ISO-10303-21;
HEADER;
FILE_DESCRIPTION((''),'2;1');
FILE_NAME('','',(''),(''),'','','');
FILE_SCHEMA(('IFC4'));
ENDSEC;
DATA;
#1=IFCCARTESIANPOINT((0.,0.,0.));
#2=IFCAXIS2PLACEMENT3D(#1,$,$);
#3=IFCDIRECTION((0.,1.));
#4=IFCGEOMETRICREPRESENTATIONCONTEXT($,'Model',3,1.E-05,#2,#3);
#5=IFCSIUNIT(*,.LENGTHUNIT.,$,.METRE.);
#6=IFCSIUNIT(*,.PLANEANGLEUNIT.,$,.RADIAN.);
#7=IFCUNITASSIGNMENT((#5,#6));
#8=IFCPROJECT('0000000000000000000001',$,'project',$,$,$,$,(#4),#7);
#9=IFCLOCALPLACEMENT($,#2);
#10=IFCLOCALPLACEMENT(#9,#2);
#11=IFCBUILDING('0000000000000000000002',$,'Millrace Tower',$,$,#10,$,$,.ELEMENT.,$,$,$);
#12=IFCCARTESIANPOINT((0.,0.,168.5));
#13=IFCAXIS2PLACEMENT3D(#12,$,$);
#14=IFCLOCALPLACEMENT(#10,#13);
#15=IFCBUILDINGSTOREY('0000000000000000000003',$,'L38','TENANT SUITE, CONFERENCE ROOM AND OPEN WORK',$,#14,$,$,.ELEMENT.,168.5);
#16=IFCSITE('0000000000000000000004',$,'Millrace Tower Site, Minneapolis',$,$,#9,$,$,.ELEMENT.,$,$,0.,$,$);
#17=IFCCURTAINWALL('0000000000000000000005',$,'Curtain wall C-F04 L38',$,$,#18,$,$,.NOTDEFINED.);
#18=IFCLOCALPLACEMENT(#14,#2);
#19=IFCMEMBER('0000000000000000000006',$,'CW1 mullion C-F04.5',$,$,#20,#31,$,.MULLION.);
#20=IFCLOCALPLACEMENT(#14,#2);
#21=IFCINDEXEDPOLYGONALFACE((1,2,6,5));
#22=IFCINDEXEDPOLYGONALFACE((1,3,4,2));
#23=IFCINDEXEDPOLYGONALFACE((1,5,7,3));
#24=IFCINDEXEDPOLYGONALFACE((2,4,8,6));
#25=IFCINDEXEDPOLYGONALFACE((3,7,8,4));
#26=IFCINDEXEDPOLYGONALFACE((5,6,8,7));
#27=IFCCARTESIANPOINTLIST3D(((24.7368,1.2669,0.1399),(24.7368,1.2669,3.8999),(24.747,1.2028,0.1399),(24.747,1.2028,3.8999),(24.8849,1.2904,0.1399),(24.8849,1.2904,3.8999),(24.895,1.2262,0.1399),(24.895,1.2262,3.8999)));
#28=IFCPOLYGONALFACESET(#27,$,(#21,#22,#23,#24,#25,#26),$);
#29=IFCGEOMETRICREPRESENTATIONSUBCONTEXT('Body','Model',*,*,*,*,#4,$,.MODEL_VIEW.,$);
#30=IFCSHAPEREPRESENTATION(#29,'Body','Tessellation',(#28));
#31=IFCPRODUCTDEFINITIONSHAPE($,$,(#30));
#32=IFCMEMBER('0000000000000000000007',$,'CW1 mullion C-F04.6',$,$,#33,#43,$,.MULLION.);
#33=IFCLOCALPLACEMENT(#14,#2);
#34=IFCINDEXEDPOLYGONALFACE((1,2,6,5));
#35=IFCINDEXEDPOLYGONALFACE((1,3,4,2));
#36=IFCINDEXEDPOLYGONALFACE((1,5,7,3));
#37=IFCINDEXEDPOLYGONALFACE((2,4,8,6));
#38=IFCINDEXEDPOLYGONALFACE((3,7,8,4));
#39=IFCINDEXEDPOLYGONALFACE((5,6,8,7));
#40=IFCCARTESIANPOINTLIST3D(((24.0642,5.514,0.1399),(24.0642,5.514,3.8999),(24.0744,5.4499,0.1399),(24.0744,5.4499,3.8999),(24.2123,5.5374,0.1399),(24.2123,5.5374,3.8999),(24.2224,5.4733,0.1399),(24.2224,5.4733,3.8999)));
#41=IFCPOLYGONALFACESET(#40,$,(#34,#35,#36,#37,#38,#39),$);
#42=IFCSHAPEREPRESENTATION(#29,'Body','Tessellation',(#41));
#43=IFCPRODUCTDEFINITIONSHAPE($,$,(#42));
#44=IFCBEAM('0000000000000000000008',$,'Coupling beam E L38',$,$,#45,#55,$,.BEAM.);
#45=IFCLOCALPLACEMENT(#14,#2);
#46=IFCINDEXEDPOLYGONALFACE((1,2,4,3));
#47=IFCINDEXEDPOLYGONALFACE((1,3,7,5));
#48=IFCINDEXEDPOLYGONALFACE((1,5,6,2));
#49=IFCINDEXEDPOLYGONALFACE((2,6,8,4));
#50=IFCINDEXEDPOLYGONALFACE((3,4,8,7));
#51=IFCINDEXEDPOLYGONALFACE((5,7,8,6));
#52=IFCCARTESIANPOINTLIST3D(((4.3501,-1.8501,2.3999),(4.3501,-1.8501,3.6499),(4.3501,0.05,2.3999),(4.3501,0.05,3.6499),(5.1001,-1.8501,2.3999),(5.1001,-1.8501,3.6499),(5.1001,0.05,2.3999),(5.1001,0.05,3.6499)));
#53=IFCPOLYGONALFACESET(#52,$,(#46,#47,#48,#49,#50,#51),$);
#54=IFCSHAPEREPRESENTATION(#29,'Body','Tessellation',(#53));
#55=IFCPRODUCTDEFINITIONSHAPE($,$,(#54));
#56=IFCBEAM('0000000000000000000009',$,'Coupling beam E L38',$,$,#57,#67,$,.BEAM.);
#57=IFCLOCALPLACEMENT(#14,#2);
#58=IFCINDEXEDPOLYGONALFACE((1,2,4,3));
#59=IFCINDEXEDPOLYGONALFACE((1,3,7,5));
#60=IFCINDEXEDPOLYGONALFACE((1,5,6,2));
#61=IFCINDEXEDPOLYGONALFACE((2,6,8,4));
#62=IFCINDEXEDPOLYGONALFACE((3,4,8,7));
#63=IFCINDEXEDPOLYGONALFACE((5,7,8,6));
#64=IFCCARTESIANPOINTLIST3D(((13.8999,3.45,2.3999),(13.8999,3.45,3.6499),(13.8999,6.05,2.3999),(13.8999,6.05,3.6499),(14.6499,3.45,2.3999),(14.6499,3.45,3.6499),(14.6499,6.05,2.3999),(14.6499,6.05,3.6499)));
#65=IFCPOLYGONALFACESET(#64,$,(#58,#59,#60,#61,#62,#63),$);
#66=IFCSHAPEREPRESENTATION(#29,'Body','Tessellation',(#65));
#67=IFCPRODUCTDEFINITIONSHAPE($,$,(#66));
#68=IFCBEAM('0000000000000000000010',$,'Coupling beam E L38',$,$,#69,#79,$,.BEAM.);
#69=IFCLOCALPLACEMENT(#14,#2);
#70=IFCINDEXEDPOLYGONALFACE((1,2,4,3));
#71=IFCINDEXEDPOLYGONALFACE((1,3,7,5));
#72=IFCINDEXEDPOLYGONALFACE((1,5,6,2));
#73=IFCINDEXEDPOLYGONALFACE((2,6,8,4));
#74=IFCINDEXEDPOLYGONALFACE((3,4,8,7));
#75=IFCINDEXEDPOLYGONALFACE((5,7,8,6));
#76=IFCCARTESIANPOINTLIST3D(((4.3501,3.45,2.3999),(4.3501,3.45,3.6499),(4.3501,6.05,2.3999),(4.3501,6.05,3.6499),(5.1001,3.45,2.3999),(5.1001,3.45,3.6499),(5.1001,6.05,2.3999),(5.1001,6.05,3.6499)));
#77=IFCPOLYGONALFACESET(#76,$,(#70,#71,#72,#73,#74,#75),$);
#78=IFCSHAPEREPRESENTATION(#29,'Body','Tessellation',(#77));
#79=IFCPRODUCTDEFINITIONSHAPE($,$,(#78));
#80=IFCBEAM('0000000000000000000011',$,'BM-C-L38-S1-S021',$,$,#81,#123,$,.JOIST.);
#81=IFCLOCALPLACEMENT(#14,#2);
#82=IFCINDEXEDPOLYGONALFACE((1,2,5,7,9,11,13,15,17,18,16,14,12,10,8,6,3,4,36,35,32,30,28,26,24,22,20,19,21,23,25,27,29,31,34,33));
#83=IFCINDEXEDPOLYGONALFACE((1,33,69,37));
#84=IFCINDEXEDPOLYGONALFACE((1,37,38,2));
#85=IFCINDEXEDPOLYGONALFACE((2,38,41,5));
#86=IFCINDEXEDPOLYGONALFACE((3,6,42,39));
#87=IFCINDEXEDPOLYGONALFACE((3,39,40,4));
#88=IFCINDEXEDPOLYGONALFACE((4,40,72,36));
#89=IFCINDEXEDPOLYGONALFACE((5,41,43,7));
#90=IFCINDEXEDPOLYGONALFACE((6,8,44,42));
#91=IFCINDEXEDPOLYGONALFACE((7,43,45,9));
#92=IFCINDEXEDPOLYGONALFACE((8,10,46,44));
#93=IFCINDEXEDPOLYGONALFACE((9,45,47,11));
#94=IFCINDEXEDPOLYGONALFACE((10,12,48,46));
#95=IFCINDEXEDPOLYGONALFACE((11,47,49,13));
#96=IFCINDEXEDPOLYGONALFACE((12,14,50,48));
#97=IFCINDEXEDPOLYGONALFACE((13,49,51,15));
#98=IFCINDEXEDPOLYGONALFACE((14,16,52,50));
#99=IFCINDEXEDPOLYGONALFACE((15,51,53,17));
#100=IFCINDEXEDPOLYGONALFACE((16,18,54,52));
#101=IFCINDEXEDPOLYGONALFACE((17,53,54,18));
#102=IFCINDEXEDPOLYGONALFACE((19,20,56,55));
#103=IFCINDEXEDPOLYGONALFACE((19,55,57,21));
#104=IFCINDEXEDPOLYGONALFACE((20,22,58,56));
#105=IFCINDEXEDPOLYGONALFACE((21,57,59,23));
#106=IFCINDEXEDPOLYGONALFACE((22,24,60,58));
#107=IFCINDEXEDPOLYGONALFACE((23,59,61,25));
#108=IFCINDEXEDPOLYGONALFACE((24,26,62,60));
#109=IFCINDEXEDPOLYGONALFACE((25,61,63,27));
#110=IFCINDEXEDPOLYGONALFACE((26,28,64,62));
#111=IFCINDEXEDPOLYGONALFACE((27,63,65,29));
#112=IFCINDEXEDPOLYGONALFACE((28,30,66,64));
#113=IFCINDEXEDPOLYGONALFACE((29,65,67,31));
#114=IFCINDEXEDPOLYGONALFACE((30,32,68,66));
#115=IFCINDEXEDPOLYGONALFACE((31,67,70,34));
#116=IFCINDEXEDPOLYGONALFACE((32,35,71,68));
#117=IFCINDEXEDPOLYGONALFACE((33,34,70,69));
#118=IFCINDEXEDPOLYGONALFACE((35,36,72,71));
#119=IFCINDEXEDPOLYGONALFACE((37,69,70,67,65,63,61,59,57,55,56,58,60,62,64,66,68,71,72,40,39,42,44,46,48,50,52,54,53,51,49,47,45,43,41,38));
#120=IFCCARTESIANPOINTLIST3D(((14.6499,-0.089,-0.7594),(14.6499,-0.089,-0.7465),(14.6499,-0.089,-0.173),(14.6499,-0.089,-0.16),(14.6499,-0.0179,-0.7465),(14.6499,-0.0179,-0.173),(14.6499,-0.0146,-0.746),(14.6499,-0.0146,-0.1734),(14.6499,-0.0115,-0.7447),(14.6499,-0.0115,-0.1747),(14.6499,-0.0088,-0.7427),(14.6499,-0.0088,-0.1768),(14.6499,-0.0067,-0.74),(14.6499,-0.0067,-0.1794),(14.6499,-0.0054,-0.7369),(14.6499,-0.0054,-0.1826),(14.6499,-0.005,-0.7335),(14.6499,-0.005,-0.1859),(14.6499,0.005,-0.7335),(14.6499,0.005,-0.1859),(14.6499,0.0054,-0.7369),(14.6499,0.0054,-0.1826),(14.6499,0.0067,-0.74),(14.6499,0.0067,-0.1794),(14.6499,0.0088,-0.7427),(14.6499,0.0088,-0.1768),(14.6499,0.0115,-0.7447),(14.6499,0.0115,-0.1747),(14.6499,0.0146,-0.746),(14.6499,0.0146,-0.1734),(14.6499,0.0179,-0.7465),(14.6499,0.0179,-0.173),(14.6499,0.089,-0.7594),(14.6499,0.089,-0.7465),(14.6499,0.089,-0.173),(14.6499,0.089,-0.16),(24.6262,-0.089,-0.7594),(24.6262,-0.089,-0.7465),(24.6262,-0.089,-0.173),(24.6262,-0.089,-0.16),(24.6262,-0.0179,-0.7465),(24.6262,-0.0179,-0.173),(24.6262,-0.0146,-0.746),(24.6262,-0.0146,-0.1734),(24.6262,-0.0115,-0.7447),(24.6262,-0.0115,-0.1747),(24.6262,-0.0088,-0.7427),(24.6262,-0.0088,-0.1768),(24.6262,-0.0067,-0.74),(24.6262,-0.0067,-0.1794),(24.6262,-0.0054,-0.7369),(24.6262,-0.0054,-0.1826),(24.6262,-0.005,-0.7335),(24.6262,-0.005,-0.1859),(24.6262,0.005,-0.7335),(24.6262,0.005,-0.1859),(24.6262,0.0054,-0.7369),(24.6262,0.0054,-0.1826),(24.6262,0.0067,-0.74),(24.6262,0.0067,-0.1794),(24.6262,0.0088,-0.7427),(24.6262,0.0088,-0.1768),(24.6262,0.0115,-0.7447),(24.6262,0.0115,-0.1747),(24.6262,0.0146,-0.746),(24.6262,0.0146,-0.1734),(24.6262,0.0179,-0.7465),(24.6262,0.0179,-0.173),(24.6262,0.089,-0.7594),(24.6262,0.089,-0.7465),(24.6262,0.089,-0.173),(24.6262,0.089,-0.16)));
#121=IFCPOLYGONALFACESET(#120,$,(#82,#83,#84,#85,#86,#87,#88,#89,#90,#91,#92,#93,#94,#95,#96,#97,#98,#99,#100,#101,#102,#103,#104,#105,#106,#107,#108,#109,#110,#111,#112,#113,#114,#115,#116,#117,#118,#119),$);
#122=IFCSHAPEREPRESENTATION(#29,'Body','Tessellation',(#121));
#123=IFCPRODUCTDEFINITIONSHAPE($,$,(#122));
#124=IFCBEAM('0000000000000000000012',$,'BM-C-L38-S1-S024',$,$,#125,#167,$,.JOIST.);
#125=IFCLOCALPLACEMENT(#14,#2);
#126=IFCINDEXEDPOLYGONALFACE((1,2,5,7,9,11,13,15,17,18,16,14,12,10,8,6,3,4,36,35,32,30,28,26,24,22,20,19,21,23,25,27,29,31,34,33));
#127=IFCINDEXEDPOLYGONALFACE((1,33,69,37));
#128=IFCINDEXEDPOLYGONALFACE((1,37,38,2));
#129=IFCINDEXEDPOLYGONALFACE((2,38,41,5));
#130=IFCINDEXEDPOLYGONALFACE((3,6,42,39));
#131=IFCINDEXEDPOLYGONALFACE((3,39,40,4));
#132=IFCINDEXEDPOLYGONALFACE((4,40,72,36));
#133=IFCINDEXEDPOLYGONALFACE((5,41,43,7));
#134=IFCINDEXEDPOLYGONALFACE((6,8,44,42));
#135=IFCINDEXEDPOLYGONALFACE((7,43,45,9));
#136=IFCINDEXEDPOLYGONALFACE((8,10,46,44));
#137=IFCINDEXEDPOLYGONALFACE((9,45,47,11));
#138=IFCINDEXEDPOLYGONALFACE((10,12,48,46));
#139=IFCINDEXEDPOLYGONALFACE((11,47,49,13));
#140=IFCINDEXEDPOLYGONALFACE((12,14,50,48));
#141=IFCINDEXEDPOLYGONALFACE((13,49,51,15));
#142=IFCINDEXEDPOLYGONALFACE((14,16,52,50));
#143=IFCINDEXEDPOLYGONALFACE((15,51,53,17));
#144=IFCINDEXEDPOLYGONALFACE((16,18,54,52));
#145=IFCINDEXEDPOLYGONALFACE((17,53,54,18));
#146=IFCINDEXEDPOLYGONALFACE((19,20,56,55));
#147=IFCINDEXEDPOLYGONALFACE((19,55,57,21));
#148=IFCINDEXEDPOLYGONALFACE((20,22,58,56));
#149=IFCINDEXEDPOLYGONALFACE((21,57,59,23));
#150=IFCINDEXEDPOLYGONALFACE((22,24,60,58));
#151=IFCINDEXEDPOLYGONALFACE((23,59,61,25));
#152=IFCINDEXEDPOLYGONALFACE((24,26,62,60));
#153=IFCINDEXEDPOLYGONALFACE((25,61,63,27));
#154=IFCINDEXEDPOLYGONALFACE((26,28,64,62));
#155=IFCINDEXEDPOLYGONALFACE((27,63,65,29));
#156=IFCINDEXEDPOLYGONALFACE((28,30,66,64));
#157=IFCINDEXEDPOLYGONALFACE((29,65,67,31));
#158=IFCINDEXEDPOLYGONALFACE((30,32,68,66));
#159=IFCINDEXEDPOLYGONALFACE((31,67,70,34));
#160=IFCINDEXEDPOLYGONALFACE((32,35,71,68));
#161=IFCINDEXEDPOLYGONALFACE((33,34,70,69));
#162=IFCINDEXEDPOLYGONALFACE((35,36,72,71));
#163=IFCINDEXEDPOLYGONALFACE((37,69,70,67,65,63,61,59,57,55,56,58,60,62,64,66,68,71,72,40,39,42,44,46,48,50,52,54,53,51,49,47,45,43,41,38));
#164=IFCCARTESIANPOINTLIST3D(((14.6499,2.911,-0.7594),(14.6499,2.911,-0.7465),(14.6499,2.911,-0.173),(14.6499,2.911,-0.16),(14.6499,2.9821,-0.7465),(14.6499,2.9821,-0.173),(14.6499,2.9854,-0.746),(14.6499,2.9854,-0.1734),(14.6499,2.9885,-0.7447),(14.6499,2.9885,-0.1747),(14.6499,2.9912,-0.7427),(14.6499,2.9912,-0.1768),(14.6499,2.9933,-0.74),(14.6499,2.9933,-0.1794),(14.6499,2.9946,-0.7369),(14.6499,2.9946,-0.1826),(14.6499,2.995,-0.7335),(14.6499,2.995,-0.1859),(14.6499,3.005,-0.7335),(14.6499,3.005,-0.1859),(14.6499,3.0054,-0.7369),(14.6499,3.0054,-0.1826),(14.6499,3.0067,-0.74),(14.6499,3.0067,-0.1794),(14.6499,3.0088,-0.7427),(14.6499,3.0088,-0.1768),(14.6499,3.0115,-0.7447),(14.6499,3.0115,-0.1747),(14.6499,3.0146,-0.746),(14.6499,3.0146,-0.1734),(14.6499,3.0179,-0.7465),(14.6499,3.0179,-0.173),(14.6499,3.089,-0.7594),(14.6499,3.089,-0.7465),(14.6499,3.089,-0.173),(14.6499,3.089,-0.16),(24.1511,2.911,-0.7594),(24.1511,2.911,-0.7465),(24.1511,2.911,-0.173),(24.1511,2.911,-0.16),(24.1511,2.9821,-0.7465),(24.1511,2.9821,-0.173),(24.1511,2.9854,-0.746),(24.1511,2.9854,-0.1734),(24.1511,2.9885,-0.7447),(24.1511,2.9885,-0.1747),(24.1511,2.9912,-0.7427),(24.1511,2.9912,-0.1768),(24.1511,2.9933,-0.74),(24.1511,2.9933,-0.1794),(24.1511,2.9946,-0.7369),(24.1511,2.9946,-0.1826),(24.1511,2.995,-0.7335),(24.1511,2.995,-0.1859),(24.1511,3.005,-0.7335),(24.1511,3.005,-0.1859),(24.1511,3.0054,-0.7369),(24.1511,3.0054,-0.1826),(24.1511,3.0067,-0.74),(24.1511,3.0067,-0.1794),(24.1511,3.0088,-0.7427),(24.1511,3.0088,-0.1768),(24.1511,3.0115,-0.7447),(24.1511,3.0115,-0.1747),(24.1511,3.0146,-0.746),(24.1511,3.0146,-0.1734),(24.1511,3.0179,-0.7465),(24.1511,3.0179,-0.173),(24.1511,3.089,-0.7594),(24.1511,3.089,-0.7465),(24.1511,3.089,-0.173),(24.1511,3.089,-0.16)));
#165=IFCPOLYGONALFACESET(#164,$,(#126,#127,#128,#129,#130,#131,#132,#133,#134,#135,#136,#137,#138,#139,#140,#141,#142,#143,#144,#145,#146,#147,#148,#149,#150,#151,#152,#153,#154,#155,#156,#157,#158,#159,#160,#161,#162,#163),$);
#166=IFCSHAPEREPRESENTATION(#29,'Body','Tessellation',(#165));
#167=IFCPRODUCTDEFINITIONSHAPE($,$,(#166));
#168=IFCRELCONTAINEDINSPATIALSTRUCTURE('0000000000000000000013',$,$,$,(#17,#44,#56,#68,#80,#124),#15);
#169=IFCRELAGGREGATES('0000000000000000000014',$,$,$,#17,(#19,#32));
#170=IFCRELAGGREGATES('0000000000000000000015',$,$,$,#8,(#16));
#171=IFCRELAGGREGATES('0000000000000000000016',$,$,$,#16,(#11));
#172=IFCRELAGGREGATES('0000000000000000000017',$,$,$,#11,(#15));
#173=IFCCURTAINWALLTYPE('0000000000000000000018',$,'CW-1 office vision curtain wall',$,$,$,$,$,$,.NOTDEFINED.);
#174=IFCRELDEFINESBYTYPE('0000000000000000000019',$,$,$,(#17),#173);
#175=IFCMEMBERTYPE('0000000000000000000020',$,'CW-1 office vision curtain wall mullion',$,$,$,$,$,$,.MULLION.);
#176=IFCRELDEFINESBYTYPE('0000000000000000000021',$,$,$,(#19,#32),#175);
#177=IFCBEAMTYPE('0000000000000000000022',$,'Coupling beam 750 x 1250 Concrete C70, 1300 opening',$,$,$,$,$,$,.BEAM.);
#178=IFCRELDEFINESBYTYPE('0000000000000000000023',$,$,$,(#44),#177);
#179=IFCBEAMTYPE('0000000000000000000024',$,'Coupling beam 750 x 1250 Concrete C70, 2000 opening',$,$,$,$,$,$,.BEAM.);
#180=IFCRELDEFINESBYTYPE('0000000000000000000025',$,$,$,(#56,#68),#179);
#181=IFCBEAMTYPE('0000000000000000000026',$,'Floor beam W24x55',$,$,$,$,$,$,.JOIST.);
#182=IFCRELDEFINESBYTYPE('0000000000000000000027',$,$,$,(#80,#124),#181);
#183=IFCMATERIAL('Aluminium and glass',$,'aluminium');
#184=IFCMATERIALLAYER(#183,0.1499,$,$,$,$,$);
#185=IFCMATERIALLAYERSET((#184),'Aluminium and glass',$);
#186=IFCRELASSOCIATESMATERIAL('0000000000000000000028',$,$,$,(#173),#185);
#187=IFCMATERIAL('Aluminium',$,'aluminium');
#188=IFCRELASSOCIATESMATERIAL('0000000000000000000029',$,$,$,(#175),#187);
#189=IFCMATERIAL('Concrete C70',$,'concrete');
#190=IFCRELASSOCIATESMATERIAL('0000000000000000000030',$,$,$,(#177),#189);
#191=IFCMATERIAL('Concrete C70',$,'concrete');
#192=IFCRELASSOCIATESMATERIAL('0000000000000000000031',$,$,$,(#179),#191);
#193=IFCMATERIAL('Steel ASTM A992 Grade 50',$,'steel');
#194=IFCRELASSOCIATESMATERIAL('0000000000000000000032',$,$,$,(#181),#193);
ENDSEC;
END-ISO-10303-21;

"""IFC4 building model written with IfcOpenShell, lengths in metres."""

from ifc_helpers import new_model, si_unit, direction, frame, origin, origin_2d, place, context, subcontext, project, spatial, rectangle, i_section, extrude, material, layer, layer_set, material_profile, profile_set, type_object, element, aggregate, save


model = new_model("IFC4")

# Units and contexts
model_context = context("Model", 3, precision=1e-05, world=origin(), true_north=direction((0.0, 1.0)))
body_context = subcontext(model_context, "Body", "Model", "MODEL_VIEW")
ifc_project = project(units=[si_unit("LENGTHUNIT", "METRE"), si_unit("PLANEANGLEUNIT", "RADIAN")], contexts=[model_context])

# Site, building, storey
site_placement = place(None, origin())
site = spatial("IfcSite", under=ifc_project, at=site_placement, Name="Millrace Tower Site, Minneapolis", CompositionType="ELEMENT", RefElevation=0.0)
building_placement = place(site_placement, origin())
building = spatial("IfcBuilding", under=site, at=building_placement, Name="Millrace Tower", CompositionType="ELEMENT")
storey_placement = place(building_placement, frame((0.0, 0.0, 168.5)))
storey = spatial("IfcBuildingStorey", under=building, at=storey_placement, Name="L38", Description="TENANT SUITE, CONFERENCE ROOM AND OPEN WORK", CompositionType="ELEMENT", Elevation=168.5)

# Curtain wall, members
ifc_material_1 = material(Name="Aluminium and glass", Category="aluminium")
ifc_layer_1 = layer(ifc_material_1, 0.1499)
ifc_layer_set_1 = layer_set([ifc_layer_1], Name="Aluminium and glass")
curtain_wall_type = type_object("IfcCurtainWallType", Name="CW-1 office vision curtain wall", PredefinedType="NOTDEFINED", material=ifc_layer_set_1)
curtain_wall_placement = place(storey_placement, origin())
curtain_wall = element("IfcCurtainWall", 1, at=curtain_wall_placement, inside=storey, type_object=curtain_wall_type, Name="Curtain wall C-F04 L38", PredefinedType="NOTDEFINED")
ifc_material_2 = material(Name="Aluminium", Category="aluminium")
ifc_material_profile_1 = material_profile(ifc_material_2, rectangle(XDim=0.0649, YDim=0.1499, at=origin_2d()))
ifc_profile_set_1 = profile_set([ifc_material_profile_1], Name="Aluminium")
member_type = type_object("IfcMemberType", Name="CW-1 office vision curtain wall mullion", PredefinedType="MULLION", material=ifc_profile_set_1)
member_1_placement = place(storey_placement, frame((24.8159, 1.2466, 0.1399), z_axis=(0.0, 0.0, 1.0), x_axis=(-0.156434, 0.987688, 0.0)))
member_1 = element("IfcMember", 2, at=member_1_placement, type_object=member_type, Name="CW1 mullion C-F04.5", PredefinedType="MULLION", context=body_context, shape_type="SweptSolid", body=[
    extrude(rectangle(XDim=0.0649, YDim=0.1499, at=origin_2d()), origin(), (0.0, 0.0, 1.0), 3.76),
])
member_2_placement = place(storey_placement, frame((24.1433, 5.4937, 0.1399), z_axis=(0.0, 0.0, 1.0), x_axis=(-0.156434, 0.987688, 0.0)))
member_2 = element("IfcMember", 3, at=member_2_placement, type_object=member_type, Name="CW1 mullion C-F04.6", PredefinedType="MULLION", context=body_context, shape_type="SweptSolid", body=[
    extrude(rectangle(XDim=0.0649, YDim=0.1499, at=origin_2d()), origin(), (0.0, 0.0, 1.0), 3.76),
])
aggregate(curtain_wall, [member_1, member_2])

# Beams
ifc_material_3 = material(Name="Concrete C70", Category="concrete")
ifc_material_profile_2 = material_profile(ifc_material_3, rectangle(XDim=0.75, YDim=1.25, at=origin_2d()))
ifc_profile_set_2 = profile_set([ifc_material_profile_2], Name="Concrete C70")
beam_type_1 = type_object("IfcBeamType", Name="Coupling beam 750 x 1250 Concrete C70, 1300 opening", PredefinedType="BEAM", material=ifc_profile_set_2)
beam_1_placement = place(storey_placement, frame((4.7251, 0.05, 3.0249), z_axis=(0.0, -1.0, 0.0), x_axis=(1.0, 0.0, 0.0)))
element("IfcBeam", 4, at=beam_1_placement, inside=storey, type_object=beam_type_1, Name="Coupling beam E L38", PredefinedType="BEAM", context=body_context, shape_type="SweptSolid", body=[
    extrude(rectangle(XDim=0.75, YDim=1.25, at=origin_2d()), origin(), (0.0, 0.0, 1.0), 1.9001),
])
ifc_material_4 = material(Name="Concrete C70", Category="concrete")
ifc_material_profile_3 = material_profile(ifc_material_4, rectangle(XDim=0.75, YDim=1.25, at=origin_2d()))
ifc_profile_set_3 = profile_set([ifc_material_profile_3], Name="Concrete C70")
beam_type_2 = type_object("IfcBeamType", Name="Coupling beam 750 x 1250 Concrete C70, 2000 opening", PredefinedType="BEAM", material=ifc_profile_set_3)
for number, where, z_axis, x_axis, name in (
    (5, (14.2749, 6.05, 3.0249), (0.0, -1.0, 0.0), (1.0, 0.0, 0.0), "Coupling beam E L38"),
    (6, (4.7251, 6.05, 3.0249), (0.0, -1.0, 0.0), (1.0, 0.0, 0.0), "Coupling beam E L38"),
):
    element("IfcBeam", number, at=place(storey_placement, frame(where, z_axis=z_axis, x_axis=x_axis)), inside=storey, type_object=beam_type_2, Name=name, PredefinedType="BEAM", context=body_context, shape_type="SweptSolid", body=[
        extrude(rectangle(XDim=0.75, YDim=1.25, at=origin_2d()), origin(), (0.0, 0.0, 1.0), 2.6001),
    ])
ifc_material_5 = material(Name="Steel ASTM A992 Grade 50", Category="steel")
ifc_material_profile_4 = material_profile(ifc_material_5, i_section(OverallWidth=0.178, OverallDepth=0.5994, WebThickness=0.01, FlangeThickness=0.0129, FilletRadius=0.0129, at=origin_2d()))
ifc_profile_set_4 = profile_set([ifc_material_profile_4], Name="Steel ASTM A992 Grade 50")
beam_type_3 = type_object("IfcBeamType", Name="Floor beam W24x55", PredefinedType="JOIST", material=ifc_profile_set_4)
beam_2_placement = place(storey_placement, frame((14.6499, 0.0, -0.4597), z_axis=(1.0, 0.0, 0.0), x_axis=(0.0, 1.0, 0.0)))
element("IfcBeam", 7, at=beam_2_placement, inside=storey, type_object=beam_type_3, Name="BM-C-L38-S1-S021", PredefinedType="JOIST", context=body_context, shape_type="SweptSolid", body=[
    extrude(i_section(OverallWidth=0.178, OverallDepth=0.5994, WebThickness=0.01, FlangeThickness=0.0129, FilletRadius=0.0129, at=origin_2d()), origin(), (0.0, 0.0, 1.0), 9.9763),
])
beam_3_placement = place(storey_placement, frame((14.6499, 3.0, -0.4597), z_axis=(1.0, 0.0, 0.0), x_axis=(0.0, 1.0, 0.0)))
element("IfcBeam", 8, at=beam_3_placement, inside=storey, type_object=beam_type_3, Name="BM-C-L38-S1-S024", PredefinedType="JOIST", context=body_context, shape_type="SweptSolid", body=[
    extrude(i_section(OverallWidth=0.178, OverallDepth=0.5994, WebThickness=0.01, FlangeThickness=0.0129, FilletRadius=0.0129, at=origin_2d()), origin(), (0.0, 0.0, 1.0), 9.5012),
])

save(model, "model.ifc")
